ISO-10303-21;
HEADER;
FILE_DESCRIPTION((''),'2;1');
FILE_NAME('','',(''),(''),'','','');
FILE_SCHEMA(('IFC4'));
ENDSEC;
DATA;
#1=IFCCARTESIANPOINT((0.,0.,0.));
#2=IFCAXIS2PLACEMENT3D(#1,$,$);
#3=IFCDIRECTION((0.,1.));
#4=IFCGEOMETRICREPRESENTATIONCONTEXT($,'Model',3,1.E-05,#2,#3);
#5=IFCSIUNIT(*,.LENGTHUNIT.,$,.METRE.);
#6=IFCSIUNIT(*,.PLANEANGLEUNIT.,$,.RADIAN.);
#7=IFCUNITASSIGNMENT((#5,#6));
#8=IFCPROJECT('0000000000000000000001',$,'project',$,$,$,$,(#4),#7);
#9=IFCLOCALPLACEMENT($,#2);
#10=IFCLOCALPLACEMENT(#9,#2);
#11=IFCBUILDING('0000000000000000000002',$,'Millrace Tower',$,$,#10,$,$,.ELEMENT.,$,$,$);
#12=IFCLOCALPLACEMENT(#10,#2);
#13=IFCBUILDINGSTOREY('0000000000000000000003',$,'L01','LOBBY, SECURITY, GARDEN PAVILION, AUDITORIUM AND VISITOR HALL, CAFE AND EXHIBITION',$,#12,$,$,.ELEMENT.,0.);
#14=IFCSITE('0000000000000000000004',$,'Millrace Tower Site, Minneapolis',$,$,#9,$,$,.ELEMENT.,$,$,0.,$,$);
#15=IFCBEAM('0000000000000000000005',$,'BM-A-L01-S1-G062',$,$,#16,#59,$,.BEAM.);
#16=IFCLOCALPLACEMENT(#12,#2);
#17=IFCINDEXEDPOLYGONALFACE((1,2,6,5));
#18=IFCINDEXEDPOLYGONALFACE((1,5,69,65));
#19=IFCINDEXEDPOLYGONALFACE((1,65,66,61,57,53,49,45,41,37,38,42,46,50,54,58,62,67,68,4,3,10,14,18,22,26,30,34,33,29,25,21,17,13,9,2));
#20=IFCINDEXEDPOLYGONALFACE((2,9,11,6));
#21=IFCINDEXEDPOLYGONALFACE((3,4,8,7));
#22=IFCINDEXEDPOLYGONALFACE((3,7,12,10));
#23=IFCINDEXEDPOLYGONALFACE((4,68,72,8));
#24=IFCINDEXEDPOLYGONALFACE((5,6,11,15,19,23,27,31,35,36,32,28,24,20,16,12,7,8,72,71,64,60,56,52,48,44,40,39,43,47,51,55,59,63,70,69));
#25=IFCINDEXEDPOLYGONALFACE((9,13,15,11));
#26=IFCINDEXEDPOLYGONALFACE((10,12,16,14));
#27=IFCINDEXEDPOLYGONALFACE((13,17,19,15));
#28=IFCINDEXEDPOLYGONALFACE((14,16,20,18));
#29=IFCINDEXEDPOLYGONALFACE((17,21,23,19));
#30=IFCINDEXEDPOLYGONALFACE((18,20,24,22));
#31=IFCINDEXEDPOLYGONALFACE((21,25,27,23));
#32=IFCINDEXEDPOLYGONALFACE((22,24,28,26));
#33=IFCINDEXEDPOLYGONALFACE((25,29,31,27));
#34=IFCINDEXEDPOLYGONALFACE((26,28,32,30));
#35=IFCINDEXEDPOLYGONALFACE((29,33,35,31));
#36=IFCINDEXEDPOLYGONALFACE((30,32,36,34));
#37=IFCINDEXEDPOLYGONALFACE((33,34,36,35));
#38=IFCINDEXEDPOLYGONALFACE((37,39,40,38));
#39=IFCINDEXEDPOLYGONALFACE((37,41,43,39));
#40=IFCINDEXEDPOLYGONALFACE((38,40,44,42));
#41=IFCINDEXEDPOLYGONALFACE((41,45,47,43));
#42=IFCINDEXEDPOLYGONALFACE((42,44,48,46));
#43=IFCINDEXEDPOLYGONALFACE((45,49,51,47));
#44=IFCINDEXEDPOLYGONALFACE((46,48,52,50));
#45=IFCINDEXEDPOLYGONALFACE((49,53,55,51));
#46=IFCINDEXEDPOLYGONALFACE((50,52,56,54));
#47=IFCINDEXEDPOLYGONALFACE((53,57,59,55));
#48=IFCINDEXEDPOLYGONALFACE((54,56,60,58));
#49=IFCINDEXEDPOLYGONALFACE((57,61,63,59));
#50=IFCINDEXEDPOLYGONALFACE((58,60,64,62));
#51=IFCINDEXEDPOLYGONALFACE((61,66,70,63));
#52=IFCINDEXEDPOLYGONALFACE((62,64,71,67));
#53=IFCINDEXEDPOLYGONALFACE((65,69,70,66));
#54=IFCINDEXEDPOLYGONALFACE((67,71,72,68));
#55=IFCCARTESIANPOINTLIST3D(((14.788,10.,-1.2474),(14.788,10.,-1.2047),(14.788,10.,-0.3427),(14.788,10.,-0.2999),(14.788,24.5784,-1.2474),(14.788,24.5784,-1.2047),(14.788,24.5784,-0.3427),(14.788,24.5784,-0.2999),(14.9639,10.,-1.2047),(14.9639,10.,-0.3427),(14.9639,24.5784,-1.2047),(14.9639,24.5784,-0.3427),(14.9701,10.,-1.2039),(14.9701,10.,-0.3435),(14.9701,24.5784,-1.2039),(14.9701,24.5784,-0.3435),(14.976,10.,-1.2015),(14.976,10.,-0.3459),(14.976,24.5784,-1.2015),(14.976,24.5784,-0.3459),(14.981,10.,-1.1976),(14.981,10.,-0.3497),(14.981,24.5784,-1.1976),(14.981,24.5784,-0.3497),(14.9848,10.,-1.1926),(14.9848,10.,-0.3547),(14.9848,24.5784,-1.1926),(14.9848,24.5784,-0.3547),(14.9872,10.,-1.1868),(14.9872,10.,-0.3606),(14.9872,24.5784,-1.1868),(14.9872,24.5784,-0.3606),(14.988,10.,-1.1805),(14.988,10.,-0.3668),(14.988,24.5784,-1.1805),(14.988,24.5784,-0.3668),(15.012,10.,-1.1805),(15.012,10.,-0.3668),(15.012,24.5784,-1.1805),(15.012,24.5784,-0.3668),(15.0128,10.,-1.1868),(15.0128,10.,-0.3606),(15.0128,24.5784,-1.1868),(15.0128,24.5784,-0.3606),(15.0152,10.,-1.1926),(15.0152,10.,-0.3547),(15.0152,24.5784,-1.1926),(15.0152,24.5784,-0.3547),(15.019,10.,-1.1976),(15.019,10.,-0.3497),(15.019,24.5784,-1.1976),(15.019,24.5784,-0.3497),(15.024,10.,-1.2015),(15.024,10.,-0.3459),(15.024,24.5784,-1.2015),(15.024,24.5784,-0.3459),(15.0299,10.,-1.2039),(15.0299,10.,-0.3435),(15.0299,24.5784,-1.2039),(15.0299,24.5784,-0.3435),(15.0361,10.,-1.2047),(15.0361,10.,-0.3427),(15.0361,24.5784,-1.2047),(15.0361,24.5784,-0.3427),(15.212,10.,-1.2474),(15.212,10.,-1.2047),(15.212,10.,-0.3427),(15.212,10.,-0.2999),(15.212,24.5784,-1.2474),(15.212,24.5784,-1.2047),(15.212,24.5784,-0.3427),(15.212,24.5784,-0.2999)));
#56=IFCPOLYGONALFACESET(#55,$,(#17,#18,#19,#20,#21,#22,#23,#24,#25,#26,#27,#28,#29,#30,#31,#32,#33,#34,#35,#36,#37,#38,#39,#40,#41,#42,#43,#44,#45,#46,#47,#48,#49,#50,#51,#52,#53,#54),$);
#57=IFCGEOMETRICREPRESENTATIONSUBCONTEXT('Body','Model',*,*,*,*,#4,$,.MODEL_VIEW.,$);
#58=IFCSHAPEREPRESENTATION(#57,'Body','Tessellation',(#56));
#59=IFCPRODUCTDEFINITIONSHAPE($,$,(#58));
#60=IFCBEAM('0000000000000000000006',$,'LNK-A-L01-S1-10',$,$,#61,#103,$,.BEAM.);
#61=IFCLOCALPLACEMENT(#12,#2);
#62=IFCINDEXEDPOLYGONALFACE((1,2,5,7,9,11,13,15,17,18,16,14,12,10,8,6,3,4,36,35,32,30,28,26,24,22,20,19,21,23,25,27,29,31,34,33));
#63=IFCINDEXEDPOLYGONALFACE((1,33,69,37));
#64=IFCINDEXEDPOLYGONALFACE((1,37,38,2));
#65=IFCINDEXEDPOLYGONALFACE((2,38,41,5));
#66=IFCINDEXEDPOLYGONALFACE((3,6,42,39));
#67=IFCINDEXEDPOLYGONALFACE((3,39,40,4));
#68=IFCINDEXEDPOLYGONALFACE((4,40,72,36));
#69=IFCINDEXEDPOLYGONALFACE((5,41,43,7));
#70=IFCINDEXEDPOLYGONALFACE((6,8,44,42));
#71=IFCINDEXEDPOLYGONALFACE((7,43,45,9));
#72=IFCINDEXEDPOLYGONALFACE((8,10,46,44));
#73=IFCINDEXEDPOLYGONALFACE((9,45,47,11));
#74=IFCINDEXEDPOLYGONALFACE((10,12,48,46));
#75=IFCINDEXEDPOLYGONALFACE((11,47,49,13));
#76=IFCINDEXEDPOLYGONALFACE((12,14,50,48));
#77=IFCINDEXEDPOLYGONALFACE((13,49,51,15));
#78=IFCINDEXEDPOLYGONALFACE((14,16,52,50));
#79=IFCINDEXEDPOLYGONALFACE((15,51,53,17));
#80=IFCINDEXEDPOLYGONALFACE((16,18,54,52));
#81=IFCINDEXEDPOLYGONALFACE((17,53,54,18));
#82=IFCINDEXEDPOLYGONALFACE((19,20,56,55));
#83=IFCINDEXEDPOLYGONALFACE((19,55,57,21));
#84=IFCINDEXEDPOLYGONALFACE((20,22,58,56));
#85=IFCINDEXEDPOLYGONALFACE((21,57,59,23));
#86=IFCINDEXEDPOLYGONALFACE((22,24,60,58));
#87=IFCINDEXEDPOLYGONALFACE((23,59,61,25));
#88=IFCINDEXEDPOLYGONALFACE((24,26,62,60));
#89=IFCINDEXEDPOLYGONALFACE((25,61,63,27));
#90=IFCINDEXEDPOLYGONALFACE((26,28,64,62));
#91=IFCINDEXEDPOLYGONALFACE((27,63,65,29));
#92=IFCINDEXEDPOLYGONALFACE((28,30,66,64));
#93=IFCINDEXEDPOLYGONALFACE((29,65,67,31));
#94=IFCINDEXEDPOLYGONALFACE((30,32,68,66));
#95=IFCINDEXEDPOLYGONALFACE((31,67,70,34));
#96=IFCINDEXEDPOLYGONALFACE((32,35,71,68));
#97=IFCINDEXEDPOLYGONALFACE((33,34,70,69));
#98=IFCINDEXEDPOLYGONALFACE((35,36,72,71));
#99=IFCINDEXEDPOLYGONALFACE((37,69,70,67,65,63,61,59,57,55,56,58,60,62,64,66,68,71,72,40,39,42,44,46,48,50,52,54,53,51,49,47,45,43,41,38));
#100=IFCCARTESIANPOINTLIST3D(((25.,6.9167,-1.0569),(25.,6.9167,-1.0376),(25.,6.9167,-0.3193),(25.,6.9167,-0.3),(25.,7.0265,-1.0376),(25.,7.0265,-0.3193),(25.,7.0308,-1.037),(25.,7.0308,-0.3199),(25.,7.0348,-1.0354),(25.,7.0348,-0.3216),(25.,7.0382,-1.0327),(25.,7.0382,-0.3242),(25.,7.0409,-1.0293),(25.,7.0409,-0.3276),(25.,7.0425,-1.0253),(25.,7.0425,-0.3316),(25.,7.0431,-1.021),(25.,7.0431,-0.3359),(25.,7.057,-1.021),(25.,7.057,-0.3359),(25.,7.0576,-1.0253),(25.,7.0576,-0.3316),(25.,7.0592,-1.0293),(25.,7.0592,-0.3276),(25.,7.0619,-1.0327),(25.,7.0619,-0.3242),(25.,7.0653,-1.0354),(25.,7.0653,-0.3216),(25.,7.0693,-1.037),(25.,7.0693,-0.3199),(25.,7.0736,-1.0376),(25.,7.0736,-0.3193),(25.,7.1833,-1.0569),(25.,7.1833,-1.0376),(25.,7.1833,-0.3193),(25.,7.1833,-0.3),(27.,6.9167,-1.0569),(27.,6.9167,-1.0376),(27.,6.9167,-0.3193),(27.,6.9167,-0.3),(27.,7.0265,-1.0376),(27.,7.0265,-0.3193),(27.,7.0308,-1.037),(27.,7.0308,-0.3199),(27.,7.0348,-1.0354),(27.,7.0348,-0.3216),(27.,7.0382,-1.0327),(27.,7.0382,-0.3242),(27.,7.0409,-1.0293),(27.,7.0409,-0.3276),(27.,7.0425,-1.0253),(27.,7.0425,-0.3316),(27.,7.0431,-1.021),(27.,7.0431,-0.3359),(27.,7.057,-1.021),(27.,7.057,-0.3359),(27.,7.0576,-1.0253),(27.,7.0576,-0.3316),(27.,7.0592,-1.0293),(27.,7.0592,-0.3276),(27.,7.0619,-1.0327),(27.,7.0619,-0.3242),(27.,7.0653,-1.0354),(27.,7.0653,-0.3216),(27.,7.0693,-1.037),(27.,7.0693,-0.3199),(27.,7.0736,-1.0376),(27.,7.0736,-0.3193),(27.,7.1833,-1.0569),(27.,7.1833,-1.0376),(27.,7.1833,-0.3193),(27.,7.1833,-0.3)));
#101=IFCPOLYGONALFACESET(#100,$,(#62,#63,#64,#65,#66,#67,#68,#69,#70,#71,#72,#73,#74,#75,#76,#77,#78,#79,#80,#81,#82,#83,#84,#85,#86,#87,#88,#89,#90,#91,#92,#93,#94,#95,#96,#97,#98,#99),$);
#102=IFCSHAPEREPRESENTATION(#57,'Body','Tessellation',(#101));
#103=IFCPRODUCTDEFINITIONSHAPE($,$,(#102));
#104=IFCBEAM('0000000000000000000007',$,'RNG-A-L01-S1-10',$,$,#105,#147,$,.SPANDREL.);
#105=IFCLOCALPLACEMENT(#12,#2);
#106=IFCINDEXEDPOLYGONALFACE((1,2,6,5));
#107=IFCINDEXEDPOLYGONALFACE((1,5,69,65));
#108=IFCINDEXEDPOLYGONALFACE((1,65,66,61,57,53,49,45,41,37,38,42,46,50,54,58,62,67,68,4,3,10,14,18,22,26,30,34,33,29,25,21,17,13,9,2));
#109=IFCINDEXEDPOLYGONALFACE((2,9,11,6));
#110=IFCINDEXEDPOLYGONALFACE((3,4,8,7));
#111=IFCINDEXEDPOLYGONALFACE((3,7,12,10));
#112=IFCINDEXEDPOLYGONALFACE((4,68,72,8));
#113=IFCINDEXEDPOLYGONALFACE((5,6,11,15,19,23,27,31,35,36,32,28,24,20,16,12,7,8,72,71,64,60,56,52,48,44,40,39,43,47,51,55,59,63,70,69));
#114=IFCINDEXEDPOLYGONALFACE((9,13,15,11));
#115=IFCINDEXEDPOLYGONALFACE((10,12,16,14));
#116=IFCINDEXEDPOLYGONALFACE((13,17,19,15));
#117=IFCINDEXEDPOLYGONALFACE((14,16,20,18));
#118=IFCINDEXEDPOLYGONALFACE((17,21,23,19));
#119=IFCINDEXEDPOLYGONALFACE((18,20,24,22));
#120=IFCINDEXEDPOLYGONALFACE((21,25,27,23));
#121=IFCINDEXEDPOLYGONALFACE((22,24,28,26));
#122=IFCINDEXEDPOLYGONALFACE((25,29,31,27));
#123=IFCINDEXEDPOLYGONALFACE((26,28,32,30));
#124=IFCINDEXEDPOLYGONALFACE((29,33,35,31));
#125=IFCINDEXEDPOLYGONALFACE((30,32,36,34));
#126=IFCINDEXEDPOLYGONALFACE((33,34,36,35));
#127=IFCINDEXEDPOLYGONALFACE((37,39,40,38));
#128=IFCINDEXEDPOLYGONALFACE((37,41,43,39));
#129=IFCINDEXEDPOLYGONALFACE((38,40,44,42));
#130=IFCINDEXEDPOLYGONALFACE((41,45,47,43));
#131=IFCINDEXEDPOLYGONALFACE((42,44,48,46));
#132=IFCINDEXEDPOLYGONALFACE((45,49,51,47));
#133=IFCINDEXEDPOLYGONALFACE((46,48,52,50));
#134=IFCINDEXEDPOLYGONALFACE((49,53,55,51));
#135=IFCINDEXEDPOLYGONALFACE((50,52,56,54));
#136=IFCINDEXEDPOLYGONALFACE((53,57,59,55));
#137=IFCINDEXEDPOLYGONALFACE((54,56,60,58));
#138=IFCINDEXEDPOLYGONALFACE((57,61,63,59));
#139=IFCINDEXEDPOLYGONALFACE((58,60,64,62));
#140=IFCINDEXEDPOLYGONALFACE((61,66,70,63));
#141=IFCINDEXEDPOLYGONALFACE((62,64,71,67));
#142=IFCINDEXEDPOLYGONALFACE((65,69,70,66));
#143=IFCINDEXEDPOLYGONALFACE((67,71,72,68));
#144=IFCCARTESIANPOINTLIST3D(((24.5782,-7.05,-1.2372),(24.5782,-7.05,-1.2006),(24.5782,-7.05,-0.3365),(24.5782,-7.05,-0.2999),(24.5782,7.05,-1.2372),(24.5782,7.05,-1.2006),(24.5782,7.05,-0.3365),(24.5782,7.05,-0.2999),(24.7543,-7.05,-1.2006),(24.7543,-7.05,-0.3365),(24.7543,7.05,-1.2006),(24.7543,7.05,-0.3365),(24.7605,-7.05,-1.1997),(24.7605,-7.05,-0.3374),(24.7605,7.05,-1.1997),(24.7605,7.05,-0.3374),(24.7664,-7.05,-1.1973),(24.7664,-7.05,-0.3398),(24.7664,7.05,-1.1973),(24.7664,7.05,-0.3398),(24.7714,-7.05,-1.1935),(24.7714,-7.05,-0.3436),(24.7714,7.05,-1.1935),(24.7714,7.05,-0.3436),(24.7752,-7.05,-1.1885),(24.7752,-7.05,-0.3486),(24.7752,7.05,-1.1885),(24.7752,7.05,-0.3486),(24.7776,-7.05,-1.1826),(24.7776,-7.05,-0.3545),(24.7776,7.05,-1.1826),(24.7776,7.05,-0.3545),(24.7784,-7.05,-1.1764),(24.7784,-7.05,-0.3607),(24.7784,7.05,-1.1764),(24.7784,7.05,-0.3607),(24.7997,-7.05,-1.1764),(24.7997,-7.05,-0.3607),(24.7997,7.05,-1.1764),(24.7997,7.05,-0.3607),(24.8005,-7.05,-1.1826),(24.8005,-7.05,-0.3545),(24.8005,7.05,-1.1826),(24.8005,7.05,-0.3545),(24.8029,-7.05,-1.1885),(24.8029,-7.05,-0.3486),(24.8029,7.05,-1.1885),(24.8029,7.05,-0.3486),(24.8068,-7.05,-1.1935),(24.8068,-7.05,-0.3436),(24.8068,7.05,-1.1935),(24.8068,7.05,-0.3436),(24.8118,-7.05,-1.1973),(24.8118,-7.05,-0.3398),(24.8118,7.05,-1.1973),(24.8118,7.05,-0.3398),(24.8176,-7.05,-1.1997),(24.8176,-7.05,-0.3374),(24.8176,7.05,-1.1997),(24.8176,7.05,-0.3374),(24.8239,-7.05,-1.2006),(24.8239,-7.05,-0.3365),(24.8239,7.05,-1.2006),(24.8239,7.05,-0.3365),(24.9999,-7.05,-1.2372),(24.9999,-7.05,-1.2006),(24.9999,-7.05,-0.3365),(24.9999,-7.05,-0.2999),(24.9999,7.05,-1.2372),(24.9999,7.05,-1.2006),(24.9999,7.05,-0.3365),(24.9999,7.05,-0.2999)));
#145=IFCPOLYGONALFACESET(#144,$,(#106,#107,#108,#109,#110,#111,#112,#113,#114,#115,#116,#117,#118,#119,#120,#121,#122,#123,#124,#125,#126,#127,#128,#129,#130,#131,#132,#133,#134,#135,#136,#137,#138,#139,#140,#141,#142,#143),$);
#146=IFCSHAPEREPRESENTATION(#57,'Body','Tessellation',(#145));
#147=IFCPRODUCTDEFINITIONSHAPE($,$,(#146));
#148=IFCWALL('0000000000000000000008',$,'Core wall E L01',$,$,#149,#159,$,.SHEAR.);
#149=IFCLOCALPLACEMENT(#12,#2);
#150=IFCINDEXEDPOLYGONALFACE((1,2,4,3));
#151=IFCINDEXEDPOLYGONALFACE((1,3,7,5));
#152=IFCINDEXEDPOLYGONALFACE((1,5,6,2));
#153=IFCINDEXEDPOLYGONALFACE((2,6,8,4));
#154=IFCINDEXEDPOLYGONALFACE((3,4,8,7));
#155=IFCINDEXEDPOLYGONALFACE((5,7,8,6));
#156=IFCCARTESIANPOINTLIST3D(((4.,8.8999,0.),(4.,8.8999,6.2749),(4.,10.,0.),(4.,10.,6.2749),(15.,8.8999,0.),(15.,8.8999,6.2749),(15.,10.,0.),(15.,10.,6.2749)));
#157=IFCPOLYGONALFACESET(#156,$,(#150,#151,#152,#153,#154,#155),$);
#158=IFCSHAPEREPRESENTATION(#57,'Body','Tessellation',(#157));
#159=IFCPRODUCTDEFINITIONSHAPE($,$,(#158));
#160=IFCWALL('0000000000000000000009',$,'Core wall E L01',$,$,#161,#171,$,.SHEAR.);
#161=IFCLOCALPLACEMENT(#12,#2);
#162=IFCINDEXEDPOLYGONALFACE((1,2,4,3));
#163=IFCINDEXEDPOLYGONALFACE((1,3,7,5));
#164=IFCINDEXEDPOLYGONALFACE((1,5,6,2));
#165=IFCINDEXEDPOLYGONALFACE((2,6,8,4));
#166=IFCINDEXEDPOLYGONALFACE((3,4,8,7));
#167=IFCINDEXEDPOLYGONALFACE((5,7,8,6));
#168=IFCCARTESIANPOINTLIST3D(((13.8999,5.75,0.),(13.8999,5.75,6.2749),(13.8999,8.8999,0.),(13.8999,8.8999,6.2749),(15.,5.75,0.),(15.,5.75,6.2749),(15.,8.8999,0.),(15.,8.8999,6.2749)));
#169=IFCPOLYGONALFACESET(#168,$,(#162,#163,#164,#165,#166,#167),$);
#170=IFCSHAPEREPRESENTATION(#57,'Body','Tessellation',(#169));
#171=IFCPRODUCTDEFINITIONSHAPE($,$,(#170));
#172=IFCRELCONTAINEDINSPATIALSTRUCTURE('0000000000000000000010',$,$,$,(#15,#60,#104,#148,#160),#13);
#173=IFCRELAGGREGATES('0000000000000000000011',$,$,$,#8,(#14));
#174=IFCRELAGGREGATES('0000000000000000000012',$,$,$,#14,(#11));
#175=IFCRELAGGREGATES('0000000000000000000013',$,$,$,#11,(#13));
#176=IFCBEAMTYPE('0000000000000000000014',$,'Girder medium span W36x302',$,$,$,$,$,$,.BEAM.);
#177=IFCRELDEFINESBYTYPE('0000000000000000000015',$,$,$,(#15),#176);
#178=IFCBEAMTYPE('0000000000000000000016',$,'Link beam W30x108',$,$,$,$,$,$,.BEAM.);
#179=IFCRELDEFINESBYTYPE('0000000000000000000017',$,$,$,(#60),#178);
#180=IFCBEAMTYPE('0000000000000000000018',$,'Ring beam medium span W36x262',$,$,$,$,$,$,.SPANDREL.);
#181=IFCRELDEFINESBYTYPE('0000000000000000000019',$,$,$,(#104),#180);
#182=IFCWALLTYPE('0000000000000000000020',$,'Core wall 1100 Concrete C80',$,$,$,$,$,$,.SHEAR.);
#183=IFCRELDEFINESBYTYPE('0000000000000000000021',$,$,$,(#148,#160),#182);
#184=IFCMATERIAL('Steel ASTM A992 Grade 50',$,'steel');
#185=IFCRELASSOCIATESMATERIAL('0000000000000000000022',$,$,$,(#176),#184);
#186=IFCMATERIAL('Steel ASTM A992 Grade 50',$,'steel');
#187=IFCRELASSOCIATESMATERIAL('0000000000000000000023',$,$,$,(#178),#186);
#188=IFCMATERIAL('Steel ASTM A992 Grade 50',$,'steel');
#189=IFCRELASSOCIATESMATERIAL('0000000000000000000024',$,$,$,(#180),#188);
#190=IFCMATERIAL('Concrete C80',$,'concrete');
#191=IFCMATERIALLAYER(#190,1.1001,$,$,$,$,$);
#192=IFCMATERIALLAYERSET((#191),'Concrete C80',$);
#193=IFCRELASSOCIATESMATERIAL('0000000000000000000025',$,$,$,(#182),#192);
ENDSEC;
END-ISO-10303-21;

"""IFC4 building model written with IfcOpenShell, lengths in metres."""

from ifc_helpers import new_model, si_unit, direction, frame, frame_2d, origin, origin_2d, place, context, subcontext, project, spatial, rectangle, i_section, extrude, material, layer, layer_set, material_profile, profile_set, type_object, element, save


model = new_model("IFC4")

# Units and contexts
model_context = context("Model", 3, precision=1e-05, world=origin(), true_north=direction((0.0, 1.0)))
body_context = subcontext(model_context, "Body", "Model", "MODEL_VIEW")
ifc_project = project(units=[si_unit("LENGTHUNIT", "METRE"), si_unit("PLANEANGLEUNIT", "RADIAN")], contexts=[model_context])

# Site, building, storey
site_placement = place(None, origin())
site = spatial("IfcSite", under=ifc_project, at=site_placement, Name="Millrace Tower Site, Minneapolis", CompositionType="ELEMENT", RefElevation=0.0)
building_placement = place(site_placement, origin())
building = spatial("IfcBuilding", under=site, at=building_placement, Name="Millrace Tower", CompositionType="ELEMENT")
storey_placement = place(building_placement, origin())
storey = spatial("IfcBuildingStorey", under=building, at=storey_placement, Name="L01", Description="LOBBY, SECURITY, GARDEN PAVILION, AUDITORIUM AND VISITOR HALL, CAFE AND EXHIBITION", CompositionType="ELEMENT", Elevation=0.0)

# Beams
ifc_material_1 = material(Name="Steel ASTM A992 Grade 50", Category="steel")
ifc_material_profile_1 = material_profile(ifc_material_1, i_section(OverallWidth=0.4241, OverallDepth=0.9475, WebThickness=0.0239, FlangeThickness=0.0427, FilletRadius=0.0242, at=origin_2d()))
ifc_profile_set_1 = profile_set([ifc_material_profile_1], Name="Steel ASTM A992 Grade 50")
beam_type_1 = type_object("IfcBeamType", Name="Girder medium span W36x302", PredefinedType="BEAM", material=ifc_profile_set_1)
beam_1_placement = place(storey_placement, frame((15.0, 10.0, -0.7737), z_axis=(0.0, 1.0, 0.0), x_axis=(-1.0, 0.0, 0.0)))
element("IfcBeam", 1, at=beam_1_placement, inside=storey, type_object=beam_type_1, Name="BM-A-L01-S1-G062", PredefinedType="BEAM", context=body_context, shape_type="SweptSolid", body=[
    extrude(i_section(OverallWidth=0.4241, OverallDepth=0.9475, WebThickness=0.0239, FlangeThickness=0.0427, FilletRadius=0.0242, at=origin_2d()), origin(), (0.0, 0.0, 1.0), 14.5784),
])
ifc_material_2 = material(Name="Steel ASTM A992 Grade 50", Category="steel")
ifc_material_profile_2 = material_profile(ifc_material_2, i_section(OverallWidth=0.2666, OverallDepth=0.7568, WebThickness=0.0139, FlangeThickness=0.0193, FilletRadius=0.0166, at=origin_2d()))
ifc_profile_set_2 = profile_set([ifc_material_profile_2], Name="Steel ASTM A992 Grade 50")
beam_type_2 = type_object("IfcBeamType", Name="Link beam W30x108", PredefinedType="BEAM", material=ifc_profile_set_2)
beam_2_placement = place(storey_placement, frame((25.0, 7.05, -0.6785), z_axis=(1.0, 0.0, 0.0), x_axis=(0.0, 1.0, 0.0)))
element("IfcBeam", 2, at=beam_2_placement, inside=storey, type_object=beam_type_2, Name="LNK-A-L01-S1-10", PredefinedType="BEAM", context=body_context, shape_type="SweptSolid", body=[
    extrude(i_section(OverallWidth=0.2666, OverallDepth=0.7568, WebThickness=0.0139, FlangeThickness=0.0193, FilletRadius=0.0166, at=origin_2d()), origin(), (0.0, 0.0, 1.0), 2.0),
])
ifc_material_3 = material(Name="Steel ASTM A992 Grade 50", Category="steel")
ifc_material_profile_3 = material_profile(ifc_material_3, i_section(OverallWidth=0.4216, OverallDepth=0.9373, WebThickness=0.0212, FlangeThickness=0.0366, FilletRadius=0.0242, at=origin_2d()))
ifc_profile_set_3 = profile_set([ifc_material_profile_3], Name="Steel ASTM A992 Grade 50")
beam_type_3 = type_object("IfcBeamType", Name="Ring beam medium span W36x262", PredefinedType="SPANDREL", material=ifc_profile_set_3)
beam_3_placement = place(storey_placement, frame((24.7891, 7.05, -0.7686), z_axis=(0.0, -1.0, 0.0), x_axis=(1.0, 0.0, 0.0)))
element("IfcBeam", 3, at=beam_3_placement, inside=storey, type_object=beam_type_3, Name="RNG-A-L01-S1-10", PredefinedType="SPANDREL", context=body_context, shape_type="SweptSolid", body=[
    extrude(i_section(OverallWidth=0.4216, OverallDepth=0.9373, WebThickness=0.0212, FlangeThickness=0.0366, FilletRadius=0.0242, at=origin_2d()), origin(), (0.0, 0.0, 1.0), 14.1001),
])

# Walls
ifc_material_4 = material(Name="Concrete C80", Category="concrete")
ifc_layer_1 = layer(ifc_material_4, 1.1001)
ifc_layer_set_1 = layer_set([ifc_layer_1], Name="Concrete C80")
wall_type_1 = type_object("IfcWallType", Name="Core wall 1100 Concrete C80", PredefinedType="SHEAR", material=ifc_layer_set_1)
wall_1_placement = place(storey_placement, frame((15.0, 9.45, 0.0), z_axis=(0.0, 0.0, 1.0), x_axis=(-1.0, 0.0, 0.0)))
element("IfcWall", 4, at=wall_1_placement, inside=storey, type_object=wall_type_1, Name="Core wall E L01", PredefinedType="SHEAR", context=body_context, shape_type="SweptSolid", body=[
    extrude(rectangle(XDim=11.0, YDim=1.1001, at=frame_2d((5.5, 0.0))), origin(), (0.0, 0.0, 1.0), 6.2749),
])
wall_2_placement = place(storey_placement, frame((14.45, 8.8999, 0.0), z_axis=(0.0, 0.0, 1.0), x_axis=(0.0, -1.0, 0.0)))
element("IfcWall", 5, at=wall_2_placement, inside=storey, type_object=wall_type_1, Name="Core wall E L01", PredefinedType="SHEAR", context=body_context, shape_type="SweptSolid", body=[
    extrude(rectangle(XDim=3.1499, YDim=1.1001, at=frame_2d((1.575, 0.0))), origin(), (0.0, 0.0, 1.0), 6.2749),
])

save(model, "model.ifc")
